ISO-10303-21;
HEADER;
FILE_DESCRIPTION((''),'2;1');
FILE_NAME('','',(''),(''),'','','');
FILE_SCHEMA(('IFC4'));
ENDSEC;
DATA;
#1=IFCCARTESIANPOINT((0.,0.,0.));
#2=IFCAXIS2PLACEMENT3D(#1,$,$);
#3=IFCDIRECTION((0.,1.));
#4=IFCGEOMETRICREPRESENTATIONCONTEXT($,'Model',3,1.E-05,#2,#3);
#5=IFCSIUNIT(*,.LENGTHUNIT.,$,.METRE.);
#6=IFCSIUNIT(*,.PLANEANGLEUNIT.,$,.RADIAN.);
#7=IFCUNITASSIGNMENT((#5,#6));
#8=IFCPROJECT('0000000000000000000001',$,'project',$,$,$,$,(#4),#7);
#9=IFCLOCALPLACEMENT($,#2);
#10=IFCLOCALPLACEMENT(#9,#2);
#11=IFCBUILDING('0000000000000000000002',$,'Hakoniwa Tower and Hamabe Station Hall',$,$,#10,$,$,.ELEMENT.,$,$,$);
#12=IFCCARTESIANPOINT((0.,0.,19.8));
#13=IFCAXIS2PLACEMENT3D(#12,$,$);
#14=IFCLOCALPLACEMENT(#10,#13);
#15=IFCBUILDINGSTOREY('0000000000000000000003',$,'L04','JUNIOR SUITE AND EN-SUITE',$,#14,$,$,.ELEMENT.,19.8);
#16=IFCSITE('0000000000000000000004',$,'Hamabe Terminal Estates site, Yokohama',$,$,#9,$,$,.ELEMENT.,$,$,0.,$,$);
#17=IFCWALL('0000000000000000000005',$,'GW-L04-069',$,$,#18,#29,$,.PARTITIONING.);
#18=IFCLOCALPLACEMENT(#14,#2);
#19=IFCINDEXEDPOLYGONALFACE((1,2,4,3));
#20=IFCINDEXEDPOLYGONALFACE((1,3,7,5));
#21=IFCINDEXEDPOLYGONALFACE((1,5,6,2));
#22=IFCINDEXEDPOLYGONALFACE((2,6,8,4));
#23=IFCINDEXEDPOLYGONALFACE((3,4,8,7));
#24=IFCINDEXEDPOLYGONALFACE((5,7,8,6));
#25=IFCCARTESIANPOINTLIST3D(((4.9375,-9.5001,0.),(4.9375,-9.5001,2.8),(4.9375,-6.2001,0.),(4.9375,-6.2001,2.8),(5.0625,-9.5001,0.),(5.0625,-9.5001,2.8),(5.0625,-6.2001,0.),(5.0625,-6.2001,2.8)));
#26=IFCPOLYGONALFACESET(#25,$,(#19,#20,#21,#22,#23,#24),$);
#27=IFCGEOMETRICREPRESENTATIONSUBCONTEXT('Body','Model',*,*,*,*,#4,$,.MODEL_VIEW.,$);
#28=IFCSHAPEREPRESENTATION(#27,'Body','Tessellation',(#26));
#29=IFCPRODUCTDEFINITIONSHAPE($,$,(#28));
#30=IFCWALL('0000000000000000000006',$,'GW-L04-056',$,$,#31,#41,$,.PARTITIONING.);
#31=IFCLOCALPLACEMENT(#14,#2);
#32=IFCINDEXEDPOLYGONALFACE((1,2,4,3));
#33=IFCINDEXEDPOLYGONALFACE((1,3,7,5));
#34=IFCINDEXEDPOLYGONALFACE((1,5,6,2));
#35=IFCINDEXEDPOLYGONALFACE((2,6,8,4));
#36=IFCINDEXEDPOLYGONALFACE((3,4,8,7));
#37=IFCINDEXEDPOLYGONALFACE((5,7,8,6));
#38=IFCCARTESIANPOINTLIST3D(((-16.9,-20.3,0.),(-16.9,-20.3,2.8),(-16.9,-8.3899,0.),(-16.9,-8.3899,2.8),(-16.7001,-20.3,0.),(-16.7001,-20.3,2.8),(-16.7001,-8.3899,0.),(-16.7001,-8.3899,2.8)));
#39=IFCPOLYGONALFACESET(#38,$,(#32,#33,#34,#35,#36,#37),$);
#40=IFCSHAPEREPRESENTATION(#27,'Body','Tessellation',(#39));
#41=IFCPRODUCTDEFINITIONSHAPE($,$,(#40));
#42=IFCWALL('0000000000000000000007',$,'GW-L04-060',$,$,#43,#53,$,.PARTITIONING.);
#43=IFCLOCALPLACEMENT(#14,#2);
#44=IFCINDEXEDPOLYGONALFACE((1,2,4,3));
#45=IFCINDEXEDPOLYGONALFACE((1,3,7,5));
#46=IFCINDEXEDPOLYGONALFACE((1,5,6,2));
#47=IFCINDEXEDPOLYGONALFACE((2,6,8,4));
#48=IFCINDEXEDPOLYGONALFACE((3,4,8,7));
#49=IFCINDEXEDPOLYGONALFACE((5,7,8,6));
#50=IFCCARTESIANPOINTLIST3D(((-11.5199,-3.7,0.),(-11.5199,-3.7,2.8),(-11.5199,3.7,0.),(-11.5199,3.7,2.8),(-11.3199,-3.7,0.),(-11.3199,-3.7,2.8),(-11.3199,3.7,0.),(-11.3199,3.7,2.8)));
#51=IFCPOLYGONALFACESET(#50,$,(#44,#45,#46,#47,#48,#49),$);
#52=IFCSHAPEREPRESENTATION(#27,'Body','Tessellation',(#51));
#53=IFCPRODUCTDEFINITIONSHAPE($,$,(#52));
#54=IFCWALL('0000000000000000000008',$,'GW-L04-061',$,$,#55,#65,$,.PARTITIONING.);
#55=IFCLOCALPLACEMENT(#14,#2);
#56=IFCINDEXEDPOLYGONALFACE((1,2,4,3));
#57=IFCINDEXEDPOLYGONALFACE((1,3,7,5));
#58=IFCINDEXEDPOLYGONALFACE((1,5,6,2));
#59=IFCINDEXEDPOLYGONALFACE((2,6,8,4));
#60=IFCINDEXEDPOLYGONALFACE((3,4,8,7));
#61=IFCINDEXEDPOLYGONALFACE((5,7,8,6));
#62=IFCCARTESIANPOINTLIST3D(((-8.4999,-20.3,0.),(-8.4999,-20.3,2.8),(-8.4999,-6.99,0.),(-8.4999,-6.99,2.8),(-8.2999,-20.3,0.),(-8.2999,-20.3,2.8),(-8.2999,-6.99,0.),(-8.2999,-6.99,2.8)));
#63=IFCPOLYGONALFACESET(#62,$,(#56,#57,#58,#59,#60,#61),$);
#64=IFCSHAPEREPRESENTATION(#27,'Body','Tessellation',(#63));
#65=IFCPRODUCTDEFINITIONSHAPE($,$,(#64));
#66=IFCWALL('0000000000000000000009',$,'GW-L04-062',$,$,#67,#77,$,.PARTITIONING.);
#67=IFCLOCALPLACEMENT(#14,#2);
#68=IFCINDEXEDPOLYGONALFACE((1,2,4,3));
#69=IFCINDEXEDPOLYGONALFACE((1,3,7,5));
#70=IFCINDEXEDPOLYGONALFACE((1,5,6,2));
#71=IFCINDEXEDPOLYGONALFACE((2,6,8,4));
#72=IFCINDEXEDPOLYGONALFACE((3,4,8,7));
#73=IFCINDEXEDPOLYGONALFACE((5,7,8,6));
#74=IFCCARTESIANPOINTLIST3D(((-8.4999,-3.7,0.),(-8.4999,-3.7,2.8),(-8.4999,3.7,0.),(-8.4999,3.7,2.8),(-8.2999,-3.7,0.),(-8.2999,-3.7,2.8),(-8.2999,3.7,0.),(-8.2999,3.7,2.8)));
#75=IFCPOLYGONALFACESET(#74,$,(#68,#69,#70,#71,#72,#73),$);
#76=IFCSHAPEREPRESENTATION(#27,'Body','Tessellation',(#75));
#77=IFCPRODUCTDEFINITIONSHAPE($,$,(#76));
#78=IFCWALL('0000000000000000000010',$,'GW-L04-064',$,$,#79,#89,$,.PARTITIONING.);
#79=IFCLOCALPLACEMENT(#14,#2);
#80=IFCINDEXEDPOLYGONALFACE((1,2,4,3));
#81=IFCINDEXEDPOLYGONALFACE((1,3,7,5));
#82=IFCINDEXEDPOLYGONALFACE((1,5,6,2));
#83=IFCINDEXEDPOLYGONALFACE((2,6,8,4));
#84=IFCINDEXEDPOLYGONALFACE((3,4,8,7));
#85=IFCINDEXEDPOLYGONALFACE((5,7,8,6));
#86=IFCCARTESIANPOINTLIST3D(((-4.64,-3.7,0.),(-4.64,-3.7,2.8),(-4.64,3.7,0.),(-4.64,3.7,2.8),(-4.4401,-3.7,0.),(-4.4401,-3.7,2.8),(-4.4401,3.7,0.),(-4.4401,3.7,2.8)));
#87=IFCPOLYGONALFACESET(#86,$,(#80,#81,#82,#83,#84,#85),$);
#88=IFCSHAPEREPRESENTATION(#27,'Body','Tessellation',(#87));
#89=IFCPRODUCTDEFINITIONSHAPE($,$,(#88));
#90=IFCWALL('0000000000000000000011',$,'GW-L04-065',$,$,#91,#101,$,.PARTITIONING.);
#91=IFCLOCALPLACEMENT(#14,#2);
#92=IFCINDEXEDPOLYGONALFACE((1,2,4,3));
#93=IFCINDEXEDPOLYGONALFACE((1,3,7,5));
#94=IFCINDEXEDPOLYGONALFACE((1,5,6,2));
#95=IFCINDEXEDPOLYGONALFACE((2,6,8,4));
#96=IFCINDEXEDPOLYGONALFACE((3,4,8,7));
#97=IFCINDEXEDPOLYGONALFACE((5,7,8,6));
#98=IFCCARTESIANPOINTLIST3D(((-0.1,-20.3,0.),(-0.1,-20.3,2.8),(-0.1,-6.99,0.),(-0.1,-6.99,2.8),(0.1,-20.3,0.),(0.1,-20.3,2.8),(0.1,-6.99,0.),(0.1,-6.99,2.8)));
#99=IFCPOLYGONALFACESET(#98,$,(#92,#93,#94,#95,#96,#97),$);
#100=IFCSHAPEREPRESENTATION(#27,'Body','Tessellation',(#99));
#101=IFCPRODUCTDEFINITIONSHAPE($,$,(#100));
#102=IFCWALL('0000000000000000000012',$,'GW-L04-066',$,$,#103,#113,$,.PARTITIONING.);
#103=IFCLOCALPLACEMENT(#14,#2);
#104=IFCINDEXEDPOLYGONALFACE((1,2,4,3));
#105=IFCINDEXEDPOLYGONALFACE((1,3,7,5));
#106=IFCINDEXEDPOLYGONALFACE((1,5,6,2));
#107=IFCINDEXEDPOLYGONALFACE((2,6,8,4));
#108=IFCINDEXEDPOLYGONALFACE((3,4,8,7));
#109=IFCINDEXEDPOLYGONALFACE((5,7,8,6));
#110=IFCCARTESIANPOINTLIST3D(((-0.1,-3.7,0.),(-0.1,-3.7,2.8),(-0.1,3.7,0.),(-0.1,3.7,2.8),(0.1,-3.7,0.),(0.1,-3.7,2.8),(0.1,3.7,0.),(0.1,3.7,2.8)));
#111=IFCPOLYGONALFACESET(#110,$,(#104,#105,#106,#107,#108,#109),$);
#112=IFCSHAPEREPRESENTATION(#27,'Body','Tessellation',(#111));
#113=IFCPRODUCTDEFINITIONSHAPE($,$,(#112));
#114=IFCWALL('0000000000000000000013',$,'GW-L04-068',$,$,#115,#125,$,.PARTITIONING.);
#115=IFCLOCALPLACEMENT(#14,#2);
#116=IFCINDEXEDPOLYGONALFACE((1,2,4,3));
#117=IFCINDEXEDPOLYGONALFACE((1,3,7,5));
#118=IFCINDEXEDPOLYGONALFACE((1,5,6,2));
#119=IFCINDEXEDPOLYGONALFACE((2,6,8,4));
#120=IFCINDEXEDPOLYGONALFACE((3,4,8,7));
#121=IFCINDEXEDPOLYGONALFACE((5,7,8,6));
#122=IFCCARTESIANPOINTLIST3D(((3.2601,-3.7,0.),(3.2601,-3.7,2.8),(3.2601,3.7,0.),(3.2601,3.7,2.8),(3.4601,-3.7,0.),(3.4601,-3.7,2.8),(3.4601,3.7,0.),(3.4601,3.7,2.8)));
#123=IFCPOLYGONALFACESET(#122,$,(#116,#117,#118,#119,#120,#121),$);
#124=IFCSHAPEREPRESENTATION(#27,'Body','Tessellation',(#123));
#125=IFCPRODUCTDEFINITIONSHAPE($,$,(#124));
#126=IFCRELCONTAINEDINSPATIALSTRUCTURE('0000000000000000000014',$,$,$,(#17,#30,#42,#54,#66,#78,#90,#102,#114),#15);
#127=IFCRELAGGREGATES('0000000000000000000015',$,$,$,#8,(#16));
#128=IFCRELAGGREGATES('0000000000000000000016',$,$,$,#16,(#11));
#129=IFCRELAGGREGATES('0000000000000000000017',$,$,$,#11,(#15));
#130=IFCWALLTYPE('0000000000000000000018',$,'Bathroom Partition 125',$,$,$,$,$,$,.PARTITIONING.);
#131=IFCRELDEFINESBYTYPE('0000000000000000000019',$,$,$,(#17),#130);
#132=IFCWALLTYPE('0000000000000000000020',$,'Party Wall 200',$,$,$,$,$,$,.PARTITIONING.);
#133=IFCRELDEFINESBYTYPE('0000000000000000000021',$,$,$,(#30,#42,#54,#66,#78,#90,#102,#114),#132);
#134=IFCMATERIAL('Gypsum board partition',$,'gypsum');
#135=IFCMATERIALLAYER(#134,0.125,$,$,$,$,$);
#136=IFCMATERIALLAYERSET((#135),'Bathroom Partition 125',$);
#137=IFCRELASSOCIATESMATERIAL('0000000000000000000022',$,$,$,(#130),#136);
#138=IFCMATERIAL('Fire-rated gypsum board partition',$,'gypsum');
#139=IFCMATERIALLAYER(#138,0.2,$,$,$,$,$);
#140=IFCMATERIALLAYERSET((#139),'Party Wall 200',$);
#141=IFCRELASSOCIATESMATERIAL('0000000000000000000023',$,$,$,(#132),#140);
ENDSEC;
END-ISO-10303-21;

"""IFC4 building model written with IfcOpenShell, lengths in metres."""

from ifc_helpers import new_model, si_unit, direction, frame, frame_2d, origin, place, context, subcontext, project, spatial, rectangle, extrude, material, layer, layer_set, type_object, element, save


model = new_model("IFC4")

# Units and contexts
model_context = context("Model", 3, precision=1e-05, world=origin(), true_north=direction((0.0, 1.0)))
body_context = subcontext(model_context, "Body", "Model", "MODEL_VIEW")
ifc_project = project(units=[si_unit("LENGTHUNIT", "METRE"), si_unit("PLANEANGLEUNIT", "RADIAN")], contexts=[model_context])

# Site, building, storey
site_placement = place(None, origin())
site = spatial("IfcSite", under=ifc_project, at=site_placement, Name="Hamabe Terminal Estates site, Yokohama", CompositionType="ELEMENT", RefElevation=0.0)
building_placement = place(site_placement, origin())
building = spatial("IfcBuilding", under=site, at=building_placement, Name="Hakoniwa Tower and Hamabe Station Hall", CompositionType="ELEMENT")
storey_placement = place(building_placement, frame((0.0, 0.0, 19.8)))
storey = spatial("IfcBuildingStorey", under=building, at=storey_placement, Name="L04", Description="JUNIOR SUITE AND EN-SUITE", CompositionType="ELEMENT", Elevation=19.8)

# Shared definitions
ifc_material_1 = material(Name="Gypsum board partition", Category="gypsum")
ifc_layer_1 = layer(ifc_material_1, 0.125)
ifc_layer_set_1 = layer_set([ifc_layer_1], Name="Bathroom Partition 125")
wall_type_1 = type_object("IfcWallType", Name="Bathroom Partition 125", PredefinedType="PARTITIONING", material=ifc_layer_set_1)

# Walls
for number, where, z_axis, x_axis, name in (
    (1, (5.0, -9.5, 0.0), (0.0, 0.0, 1.0), (0.0, 1.0, 0.0), "GW-L04-069"),
):
    element("IfcWall", number, at=place(storey_placement, frame(where, z_axis=z_axis, x_axis=x_axis)), inside=storey, type_object=wall_type_1, Name=name, PredefinedType="PARTITIONING", context=body_context, shape_type="SweptSolid", body=[
        extrude(rectangle(XDim=3.3, YDim=0.125, at=frame_2d((1.6499, 0.0))), origin(), (0.0, 0.0, 1.0), 2.8),
    ])
ifc_material_2 = material(Name="Fire-rated gypsum board partition", Category="gypsum")
ifc_layer_2 = layer(ifc_material_2, 0.2)
ifc_layer_set_2 = layer_set([ifc_layer_2], Name="Party Wall 200")
wall_type_2 = type_object("IfcWallType", Name="Party Wall 200", PredefinedType="PARTITIONING", material=ifc_layer_set_2)
wall_1_placement = place(storey_placement, frame((-16.8, -20.3, 0.0), z_axis=(0.0, 0.0, 1.0), x_axis=(0.0, 1.0, 0.0)))
element("IfcWall", 2, at=wall_1_placement, inside=storey, type_object=wall_type_2, Name="GW-L04-056", PredefinedType="PARTITIONING", context=body_context, shape_type="SweptSolid", body=[
    extrude(rectangle(XDim=11.9102, YDim=0.2, at=frame_2d((5.9551, 0.0))), origin(), (0.0, 0.0, 1.0), 2.8),
])
wall_2_placement = place(storey_placement, frame((-11.4199, -3.7, 0.0), z_axis=(0.0, 0.0, 1.0), x_axis=(0.0, 1.0, 0.0)))
element("IfcWall", 3, at=wall_2_placement, inside=storey, type_object=wall_type_2, Name="GW-L04-060", PredefinedType="PARTITIONING", context=body_context, shape_type="SweptSolid", body=[
    extrude(rectangle(XDim=7.3999, YDim=0.2, at=frame_2d((3.7, 0.0))), origin(), (0.0, 0.0, 1.0), 2.8),
])
wall_3_placement = place(storey_placement, frame((-8.3999, -20.3, 0.0), z_axis=(0.0, 0.0, 1.0), x_axis=(0.0, 1.0, 0.0)))
element("IfcWall", 4, at=wall_3_placement, inside=storey, type_object=wall_type_2, Name="GW-L04-061", PredefinedType="PARTITIONING", context=body_context, shape_type="SweptSolid", body=[
    extrude(rectangle(XDim=13.3101, YDim=0.2, at=frame_2d((6.655, 0.0))), origin(), (0.0, 0.0, 1.0), 2.8),
])
for number, where, z_axis, x_axis, name in (
    (5, (-8.3999, -3.7, 0.0), (0.0, 0.0, 1.0), (0.0, 1.0, 0.0), "GW-L04-062"),
    (6, (-4.54, -3.7, 0.0), (0.0, 0.0, 1.0), (0.0, 1.0, 0.0), "GW-L04-064"),
):
    element("IfcWall", number, at=place(storey_placement, frame(where, z_axis=z_axis, x_axis=x_axis)), inside=storey, type_object=wall_type_2, Name=name, PredefinedType="PARTITIONING", context=body_context, shape_type="SweptSolid", body=[
        extrude(rectangle(XDim=7.3999, YDim=0.2, at=frame_2d((3.7, 0.0))), origin(), (0.0, 0.0, 1.0), 2.8),
    ])
wall_4_placement = place(storey_placement, frame((0.0, -20.3, 0.0), z_axis=(0.0, 0.0, 1.0), x_axis=(0.0, 1.0, 0.0)))
element("IfcWall", 7, at=wall_4_placement, inside=storey, type_object=wall_type_2, Name="GW-L04-065", PredefinedType="PARTITIONING", context=body_context, shape_type="SweptSolid", body=[
    extrude(rectangle(XDim=13.3101, YDim=0.2, at=frame_2d((6.655, 0.0))), origin(), (0.0, 0.0, 1.0), 2.8),
])
for number, where, z_axis, x_axis, name in (
    (8, (0.0, -3.7, 0.0), (0.0, 0.0, 1.0), (0.0, 1.0, 0.0), "GW-L04-066"),
    (9, (3.3601, -3.7, 0.0), (0.0, 0.0, 1.0), (0.0, 1.0, 0.0), "GW-L04-068"),
):
    element("IfcWall", number, at=place(storey_placement, frame(where, z_axis=z_axis, x_axis=x_axis)), inside=storey, type_object=wall_type_2, Name=name, PredefinedType="PARTITIONING", context=body_context, shape_type="SweptSolid", body=[
        extrude(rectangle(XDim=7.3999, YDim=0.2, at=frame_2d((3.7, 0.0))), origin(), (0.0, 0.0, 1.0), 2.8),
    ])

save(model, "model.ifc")
